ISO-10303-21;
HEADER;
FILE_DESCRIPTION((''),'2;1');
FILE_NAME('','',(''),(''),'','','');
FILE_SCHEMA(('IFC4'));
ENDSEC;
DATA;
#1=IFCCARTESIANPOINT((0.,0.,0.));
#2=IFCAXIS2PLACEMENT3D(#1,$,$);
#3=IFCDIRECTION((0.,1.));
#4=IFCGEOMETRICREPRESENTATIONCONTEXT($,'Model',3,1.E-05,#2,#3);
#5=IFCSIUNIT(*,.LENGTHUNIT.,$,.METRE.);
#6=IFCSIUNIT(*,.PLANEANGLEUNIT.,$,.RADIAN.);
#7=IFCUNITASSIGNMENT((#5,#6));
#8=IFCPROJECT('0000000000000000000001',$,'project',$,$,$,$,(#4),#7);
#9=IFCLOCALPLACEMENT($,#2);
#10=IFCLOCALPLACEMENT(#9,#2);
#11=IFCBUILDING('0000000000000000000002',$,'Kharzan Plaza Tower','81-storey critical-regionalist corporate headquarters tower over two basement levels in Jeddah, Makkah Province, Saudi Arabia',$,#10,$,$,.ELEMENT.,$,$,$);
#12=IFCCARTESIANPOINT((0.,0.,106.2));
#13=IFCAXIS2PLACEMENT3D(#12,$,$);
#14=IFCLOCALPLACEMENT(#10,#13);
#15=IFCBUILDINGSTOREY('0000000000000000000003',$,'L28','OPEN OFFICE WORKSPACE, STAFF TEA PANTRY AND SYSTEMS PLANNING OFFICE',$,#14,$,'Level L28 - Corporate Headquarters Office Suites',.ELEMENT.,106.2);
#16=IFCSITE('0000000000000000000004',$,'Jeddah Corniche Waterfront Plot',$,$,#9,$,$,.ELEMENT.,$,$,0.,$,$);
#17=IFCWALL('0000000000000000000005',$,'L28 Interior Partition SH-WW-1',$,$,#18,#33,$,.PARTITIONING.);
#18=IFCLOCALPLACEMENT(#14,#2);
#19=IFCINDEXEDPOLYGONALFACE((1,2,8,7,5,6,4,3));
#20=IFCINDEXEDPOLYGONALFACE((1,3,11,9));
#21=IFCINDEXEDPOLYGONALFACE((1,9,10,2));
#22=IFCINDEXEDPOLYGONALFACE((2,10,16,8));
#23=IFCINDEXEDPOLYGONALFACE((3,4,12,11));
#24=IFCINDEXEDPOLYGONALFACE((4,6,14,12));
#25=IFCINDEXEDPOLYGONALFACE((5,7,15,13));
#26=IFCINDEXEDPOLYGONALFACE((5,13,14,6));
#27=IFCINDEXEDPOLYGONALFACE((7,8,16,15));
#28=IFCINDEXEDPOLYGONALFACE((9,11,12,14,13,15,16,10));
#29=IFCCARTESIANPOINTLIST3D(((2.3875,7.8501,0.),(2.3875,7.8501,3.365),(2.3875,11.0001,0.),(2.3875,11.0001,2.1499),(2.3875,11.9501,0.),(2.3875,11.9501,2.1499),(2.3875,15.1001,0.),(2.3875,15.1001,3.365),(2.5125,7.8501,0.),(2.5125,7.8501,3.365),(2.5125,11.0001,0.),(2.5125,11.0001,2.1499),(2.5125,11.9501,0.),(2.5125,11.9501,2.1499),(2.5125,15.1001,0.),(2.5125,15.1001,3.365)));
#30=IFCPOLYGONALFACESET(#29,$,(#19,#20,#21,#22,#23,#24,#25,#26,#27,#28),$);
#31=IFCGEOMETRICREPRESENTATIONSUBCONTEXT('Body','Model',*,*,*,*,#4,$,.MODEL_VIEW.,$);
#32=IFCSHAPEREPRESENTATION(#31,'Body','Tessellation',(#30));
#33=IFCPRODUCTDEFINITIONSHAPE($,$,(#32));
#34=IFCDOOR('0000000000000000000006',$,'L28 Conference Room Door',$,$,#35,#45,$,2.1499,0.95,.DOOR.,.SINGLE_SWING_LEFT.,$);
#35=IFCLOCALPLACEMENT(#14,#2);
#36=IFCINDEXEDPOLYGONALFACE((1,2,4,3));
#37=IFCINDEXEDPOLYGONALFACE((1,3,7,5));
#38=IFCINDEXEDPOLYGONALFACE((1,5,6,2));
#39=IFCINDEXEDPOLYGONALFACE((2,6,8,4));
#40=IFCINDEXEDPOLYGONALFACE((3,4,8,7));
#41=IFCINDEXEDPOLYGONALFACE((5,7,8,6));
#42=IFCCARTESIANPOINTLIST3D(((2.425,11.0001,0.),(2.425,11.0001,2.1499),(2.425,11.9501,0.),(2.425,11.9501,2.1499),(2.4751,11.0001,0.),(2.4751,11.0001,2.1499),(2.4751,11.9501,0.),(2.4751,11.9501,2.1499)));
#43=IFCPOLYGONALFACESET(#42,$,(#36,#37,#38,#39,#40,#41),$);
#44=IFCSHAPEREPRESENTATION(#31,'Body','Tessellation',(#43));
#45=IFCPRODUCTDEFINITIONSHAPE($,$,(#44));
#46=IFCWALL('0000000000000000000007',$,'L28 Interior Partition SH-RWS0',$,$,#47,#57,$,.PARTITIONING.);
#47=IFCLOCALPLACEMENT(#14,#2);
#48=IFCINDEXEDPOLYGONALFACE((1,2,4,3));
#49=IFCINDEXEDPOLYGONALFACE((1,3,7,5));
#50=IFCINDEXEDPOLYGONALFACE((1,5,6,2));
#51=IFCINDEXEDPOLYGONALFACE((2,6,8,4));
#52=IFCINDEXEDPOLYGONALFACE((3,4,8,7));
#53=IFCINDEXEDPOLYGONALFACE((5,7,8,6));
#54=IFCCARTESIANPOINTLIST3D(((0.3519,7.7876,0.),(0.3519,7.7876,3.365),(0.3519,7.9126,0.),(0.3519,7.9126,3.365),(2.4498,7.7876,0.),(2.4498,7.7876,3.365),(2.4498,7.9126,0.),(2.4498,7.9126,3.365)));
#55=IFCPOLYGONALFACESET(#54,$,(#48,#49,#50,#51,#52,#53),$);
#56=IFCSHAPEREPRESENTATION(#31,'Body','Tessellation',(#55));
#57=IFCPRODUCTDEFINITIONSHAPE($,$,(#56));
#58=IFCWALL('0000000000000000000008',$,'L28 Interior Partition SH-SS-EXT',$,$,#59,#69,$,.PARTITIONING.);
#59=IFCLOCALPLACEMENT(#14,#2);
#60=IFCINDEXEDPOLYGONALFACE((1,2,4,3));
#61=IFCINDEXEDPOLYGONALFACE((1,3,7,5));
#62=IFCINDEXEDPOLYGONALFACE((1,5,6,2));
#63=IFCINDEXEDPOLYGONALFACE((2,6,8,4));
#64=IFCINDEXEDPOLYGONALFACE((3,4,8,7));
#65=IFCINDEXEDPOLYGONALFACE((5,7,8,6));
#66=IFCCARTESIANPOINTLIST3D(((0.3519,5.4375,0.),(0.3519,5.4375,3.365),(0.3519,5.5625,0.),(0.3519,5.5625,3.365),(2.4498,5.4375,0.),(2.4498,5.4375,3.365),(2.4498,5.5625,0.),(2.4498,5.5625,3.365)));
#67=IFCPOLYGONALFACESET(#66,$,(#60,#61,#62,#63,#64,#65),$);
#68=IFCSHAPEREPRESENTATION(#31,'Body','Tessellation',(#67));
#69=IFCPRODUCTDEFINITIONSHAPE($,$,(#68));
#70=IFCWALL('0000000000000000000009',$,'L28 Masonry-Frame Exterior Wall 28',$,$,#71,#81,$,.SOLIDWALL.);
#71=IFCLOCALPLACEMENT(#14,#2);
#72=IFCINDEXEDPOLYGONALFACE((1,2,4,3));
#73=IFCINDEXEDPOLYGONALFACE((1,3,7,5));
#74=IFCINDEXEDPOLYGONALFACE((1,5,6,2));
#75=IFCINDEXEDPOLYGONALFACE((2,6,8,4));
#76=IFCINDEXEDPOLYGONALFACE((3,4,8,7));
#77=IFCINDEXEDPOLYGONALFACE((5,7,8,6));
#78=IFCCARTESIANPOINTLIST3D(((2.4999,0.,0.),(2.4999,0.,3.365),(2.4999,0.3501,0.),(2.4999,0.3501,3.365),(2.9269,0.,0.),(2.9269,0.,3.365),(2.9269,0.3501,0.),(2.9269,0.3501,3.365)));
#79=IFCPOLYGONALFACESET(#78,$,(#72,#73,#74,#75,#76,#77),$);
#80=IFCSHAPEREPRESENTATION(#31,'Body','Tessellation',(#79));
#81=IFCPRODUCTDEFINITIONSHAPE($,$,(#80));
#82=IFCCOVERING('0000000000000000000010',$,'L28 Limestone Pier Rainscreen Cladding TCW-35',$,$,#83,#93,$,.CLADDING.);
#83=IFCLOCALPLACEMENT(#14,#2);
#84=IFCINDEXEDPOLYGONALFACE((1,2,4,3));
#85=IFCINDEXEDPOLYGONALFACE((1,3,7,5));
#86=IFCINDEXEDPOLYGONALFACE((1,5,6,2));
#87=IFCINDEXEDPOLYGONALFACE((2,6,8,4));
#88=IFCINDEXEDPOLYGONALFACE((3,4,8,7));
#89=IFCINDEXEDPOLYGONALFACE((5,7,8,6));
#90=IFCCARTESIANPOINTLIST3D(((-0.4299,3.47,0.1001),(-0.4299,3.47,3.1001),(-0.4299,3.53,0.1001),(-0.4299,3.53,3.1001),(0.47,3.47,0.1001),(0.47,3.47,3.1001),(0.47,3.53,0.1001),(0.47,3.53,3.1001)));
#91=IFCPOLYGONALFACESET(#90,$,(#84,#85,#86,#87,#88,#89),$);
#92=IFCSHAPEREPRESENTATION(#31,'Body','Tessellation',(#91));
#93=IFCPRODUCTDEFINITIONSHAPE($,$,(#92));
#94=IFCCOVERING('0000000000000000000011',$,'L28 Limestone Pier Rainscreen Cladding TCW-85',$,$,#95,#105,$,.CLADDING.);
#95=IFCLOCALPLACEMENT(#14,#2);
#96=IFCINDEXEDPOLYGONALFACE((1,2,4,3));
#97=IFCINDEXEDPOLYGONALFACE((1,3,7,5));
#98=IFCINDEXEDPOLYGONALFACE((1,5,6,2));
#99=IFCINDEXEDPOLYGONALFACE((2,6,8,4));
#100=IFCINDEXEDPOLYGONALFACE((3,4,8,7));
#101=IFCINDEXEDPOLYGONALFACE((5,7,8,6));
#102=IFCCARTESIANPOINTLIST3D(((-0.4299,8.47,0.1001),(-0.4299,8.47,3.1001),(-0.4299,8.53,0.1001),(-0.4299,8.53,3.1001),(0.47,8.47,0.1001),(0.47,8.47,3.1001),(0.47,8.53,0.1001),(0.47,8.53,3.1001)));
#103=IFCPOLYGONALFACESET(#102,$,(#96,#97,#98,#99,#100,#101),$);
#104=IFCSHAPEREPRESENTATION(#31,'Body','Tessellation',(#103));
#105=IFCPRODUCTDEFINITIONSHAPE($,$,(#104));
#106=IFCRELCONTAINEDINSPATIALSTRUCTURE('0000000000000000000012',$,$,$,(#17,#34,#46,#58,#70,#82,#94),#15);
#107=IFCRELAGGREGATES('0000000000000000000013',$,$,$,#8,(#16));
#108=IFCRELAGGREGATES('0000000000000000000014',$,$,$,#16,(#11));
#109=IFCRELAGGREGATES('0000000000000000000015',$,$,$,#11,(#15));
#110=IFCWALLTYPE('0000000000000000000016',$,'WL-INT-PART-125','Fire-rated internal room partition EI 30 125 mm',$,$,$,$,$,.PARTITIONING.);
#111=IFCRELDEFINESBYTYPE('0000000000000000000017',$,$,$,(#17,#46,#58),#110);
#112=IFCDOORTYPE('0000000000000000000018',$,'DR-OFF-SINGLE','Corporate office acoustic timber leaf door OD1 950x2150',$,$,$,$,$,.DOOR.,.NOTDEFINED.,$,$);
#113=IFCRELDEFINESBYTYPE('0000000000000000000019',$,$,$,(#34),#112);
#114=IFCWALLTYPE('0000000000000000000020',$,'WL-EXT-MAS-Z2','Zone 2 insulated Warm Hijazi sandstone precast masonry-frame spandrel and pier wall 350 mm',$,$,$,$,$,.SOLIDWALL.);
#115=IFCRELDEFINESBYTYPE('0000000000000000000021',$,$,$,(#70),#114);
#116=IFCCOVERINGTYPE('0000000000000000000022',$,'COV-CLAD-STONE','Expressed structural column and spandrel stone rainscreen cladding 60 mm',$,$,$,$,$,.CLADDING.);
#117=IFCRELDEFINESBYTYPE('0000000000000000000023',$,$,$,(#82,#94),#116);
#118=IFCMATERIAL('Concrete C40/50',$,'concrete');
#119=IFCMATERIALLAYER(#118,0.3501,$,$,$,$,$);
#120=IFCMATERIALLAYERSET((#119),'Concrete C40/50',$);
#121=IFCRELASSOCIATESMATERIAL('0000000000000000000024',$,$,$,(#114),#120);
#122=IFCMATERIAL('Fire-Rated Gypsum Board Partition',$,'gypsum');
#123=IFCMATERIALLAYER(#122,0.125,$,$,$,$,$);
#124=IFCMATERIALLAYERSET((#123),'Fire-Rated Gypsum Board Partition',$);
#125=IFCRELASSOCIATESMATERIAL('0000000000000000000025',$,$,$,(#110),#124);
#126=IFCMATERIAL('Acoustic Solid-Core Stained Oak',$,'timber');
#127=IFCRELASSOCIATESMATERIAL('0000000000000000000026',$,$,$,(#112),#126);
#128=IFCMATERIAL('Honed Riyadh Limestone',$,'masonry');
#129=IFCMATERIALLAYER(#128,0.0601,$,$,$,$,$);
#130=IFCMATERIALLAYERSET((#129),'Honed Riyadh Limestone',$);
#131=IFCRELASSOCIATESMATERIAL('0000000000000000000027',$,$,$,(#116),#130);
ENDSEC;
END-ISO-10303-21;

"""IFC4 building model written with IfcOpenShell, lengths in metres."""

from ifc_helpers import new_model, si_unit, direction, frame, frame_2d, origin, origin_2d, place, context, subcontext, project, spatial, rectangle, extrude, source, transform, mapped, material, layer, layer_set, type_object, element, fill, save


model = new_model("IFC4")

# Units and contexts
model_context = context("Model", 3, precision=1e-05, world=origin(), true_north=direction((0.0, 1.0)))
body_context = subcontext(model_context, "Body", "Model", "MODEL_VIEW")
ifc_project = project(units=[si_unit("LENGTHUNIT", "METRE"), si_unit("PLANEANGLEUNIT", "RADIAN")], contexts=[model_context])

# Site, building, storey
site_placement = place(None, origin())
site = spatial("IfcSite", under=ifc_project, at=site_placement, Name="Jeddah Corniche Waterfront Plot", CompositionType="ELEMENT", RefElevation=0.0)
building_placement = place(site_placement, origin())
building = spatial("IfcBuilding", under=site, at=building_placement, Name="Kharzan Plaza Tower", Description="81-storey critical-regionalist corporate headquarters tower over two basement levels in Jeddah, Makkah Province, Saudi Arabia", CompositionType="ELEMENT")
storey_placement = place(building_placement, frame((0.0, 0.0, 106.2)))
storey = spatial("IfcBuildingStorey", under=building, at=storey_placement, Name="L28", Description="OPEN OFFICE WORKSPACE, STAFF TEA PANTRY AND SYSTEMS PLANNING OFFICE", LongName="Level L28 - Corporate Headquarters Office Suites", CompositionType="ELEMENT", Elevation=106.2)

# Shared definitions
ifc_material_1 = material(Name="Concrete C40/50", Category="concrete")

# Shared definitions
ifc_layer_1 = layer(ifc_material_1, 0.3501)
ifc_layer_set_1 = layer_set([ifc_layer_1], Name="Concrete C40/50")
wall_type_1 = type_object("IfcWallType", Name="WL-EXT-MAS-Z2", Description="Zone 2 insulated Warm Hijazi sandstone precast masonry-frame spandrel and pier wall 350 mm", PredefinedType="SOLIDWALL", material=ifc_layer_set_1)

# Wall, opening, door
ifc_material_2 = material(Name="Fire-Rated Gypsum Board Partition", Category="gypsum")
ifc_layer_2 = layer(ifc_material_2, 0.125)
ifc_layer_set_2 = layer_set([ifc_layer_2], Name="Fire-Rated Gypsum Board Partition")
wall_type_2 = type_object("IfcWallType", Name="WL-INT-PART-125", Description="Fire-rated internal room partition EI 30 125 mm", PredefinedType="PARTITIONING", material=ifc_layer_set_2)
ifc_material_3 = material(Name="Acoustic Solid-Core Stained Oak", Category="timber")
door_type = type_object("IfcDoorType", Name="DR-OFF-SINGLE", Description="Corporate office acoustic timber leaf door OD1 950x2150", OperationType="NOTDEFINED", PredefinedType="DOOR", material=ifc_material_3)
shared_shape_1 = source(origin(), body_context, "Body", "SweptSolid", [
    extrude(rectangle(XDim=0.95, YDim=2.1499, at=frame_2d((0.4751, 1.075))), frame((0.0, 0.0249, 0.0), z_axis=(0.0, -1.0, 0.0), x_axis=(1.0, 0.0, 0.0)), (0.0, 0.0, 1.0), 0.05),
])
wall_1_placement = place(storey_placement, frame((2.45, 7.8501, 0.0), z_axis=(0.0, 0.0, 1.0), x_axis=(0.0, 1.0, 0.0)))
wall_1 = element("IfcWall", 1, at=wall_1_placement, inside=storey, type_object=wall_type_2, Name="L28 Interior Partition SH-WW-1", PredefinedType="PARTITIONING", context=body_context, shape_type="SweptSolid", body=[
    extrude(rectangle(XDim=7.25, YDim=0.125, at=frame_2d((3.625, 0.0))), origin(), (0.0, 0.0, 1.0), 3.365),
])
opening_1_placement = place(wall_1_placement, frame((3.1499, 0.0, 0.0)))
opening_1 = element("IfcOpeningElement", 2, at=opening_1_placement, cuts=wall_1, PredefinedType="OPENING", context=body_context, shape_type="SweptSolid", body=[
    extrude(rectangle(XDim=0.95, YDim=2.1499, at=frame_2d((0.4751, 1.075))), frame((0.0, 0.0725, 0.0), z_axis=(0.0, -1.0, 0.0), x_axis=(1.0, 0.0, 0.0)), (0.0, 0.0, 1.0), 0.145),
])
door_1_placement = place(opening_1_placement, origin())
door_1 = element("IfcDoor", 3, at=door_1_placement, inside=storey, type_object=door_type, Name="L28 Conference Room Door", OperationType="SINGLE_SWING_LEFT", OverallHeight=2.1499, OverallWidth=0.95, PredefinedType="DOOR", context=body_context, shape_type="MappedRepresentation", body=[
    mapped(shared_shape_1, transform((0.0, 0.0, 0.0), x_axis=(1.0, 0.0, 0.0), y_axis=(0.0, 1.0, 0.0), z_axis=(0.0, 0.0, 1.0))),
])
fill(opening_1, door_1)

# Walls
shared_shape_2 = source(origin(), body_context, "Body", "SweptSolid", [
    extrude(rectangle(XDim=2.0979, YDim=0.125, at=frame_2d((1.0488, 0.0))), origin(), (0.0, 0.0, 1.0), 3.365),
])
for number, where, z_axis, x_axis, name in (
    (4, (0.3521, 7.8501, 0.0), (0.0, 0.0, 1.0), (1.0, 0.0, 0.0), "L28 Interior Partition SH-RWS0"),
    (5, (0.3521, 5.5, 0.0), (0.0, 0.0, 1.0), (1.0, 0.0, 0.0), "L28 Interior Partition SH-SS-EXT"),
):
    element("IfcWall", number, at=place(storey_placement, frame(where, z_axis=z_axis, x_axis=x_axis)), inside=storey, type_object=wall_type_2, Name=name, PredefinedType="PARTITIONING", context=body_context, shape_type="MappedRepresentation", body=[
        mapped(shared_shape_2, transform((0.0, 0.0, 0.0), x_axis=(1.0, 0.0, 0.0), y_axis=(0.0, 1.0, 0.0), z_axis=(0.0, 0.0, 1.0))),
    ])
shared_shape_3 = source(origin(), body_context, "Body", "SweptSolid", [
    extrude(rectangle(XDim=0.427, YDim=0.3501, at=frame_2d((0.2134, 0.0))), origin(), (0.0, 0.0, 1.0), 3.365),
])
wall_2_placement = place(storey_placement, frame((2.5, 0.175, 0.0), z_axis=(0.0, 0.0, 1.0), x_axis=(1.0, 0.0, 0.0)))
element("IfcWall", 6, at=wall_2_placement, inside=storey, type_object=wall_type_1, Name="L28 Masonry-Frame Exterior Wall 28", PredefinedType="SOLIDWALL", context=body_context, shape_type="MappedRepresentation", body=[
    mapped(shared_shape_3, transform((0.0, 0.0, 0.0), x_axis=(1.0, 0.0, 0.0), y_axis=(0.0, 1.0, 0.0), z_axis=(0.0, 0.0, 1.0))),
])

# Coverings
ifc_material_4 = material(Name="Honed Riyadh Limestone", Category="masonry")
ifc_layer_3 = layer(ifc_material_4, 0.0601)
ifc_layer_set_3 = layer_set([ifc_layer_3], Name="Honed Riyadh Limestone")
covering_type = type_object("IfcCoveringType", Name="COV-CLAD-STONE", Description="Expressed structural column and spandrel stone rainscreen cladding 60 mm", PredefinedType="CLADDING", material=ifc_layer_set_3)
shared_shape_4 = source(origin(), body_context, "Body", "SweptSolid", [
    extrude(rectangle(XDim=0.0601, YDim=0.8999, at=origin_2d()), origin(), (0.0, 0.0, 1.0), 3.0),
])
for number, where, z_axis, x_axis, name in (
    (7, (0.02, 3.5, 0.1001), (0.0, 0.0, 1.0), (0.0, 1.0, 0.0), "L28 Limestone Pier Rainscreen Cladding TCW-35"),
    (8, (0.02, 8.5, 0.1001), (0.0, 0.0, 1.0), (0.0, 1.0, 0.0), "L28 Limestone Pier Rainscreen Cladding TCW-85"),
):
    element("IfcCovering", number, at=place(storey_placement, frame(where, z_axis=z_axis, x_axis=x_axis)), inside=storey, type_object=covering_type, Name=name, PredefinedType="CLADDING", context=body_context, shape_type="MappedRepresentation", body=[
        mapped(shared_shape_4, transform((0.0, 0.0, 0.0), x_axis=(1.0, 0.0, 0.0), y_axis=(0.0, 1.0, 0.0), z_axis=(0.0, 0.0, 1.0))),
    ])

save(model, "model.ifc")
